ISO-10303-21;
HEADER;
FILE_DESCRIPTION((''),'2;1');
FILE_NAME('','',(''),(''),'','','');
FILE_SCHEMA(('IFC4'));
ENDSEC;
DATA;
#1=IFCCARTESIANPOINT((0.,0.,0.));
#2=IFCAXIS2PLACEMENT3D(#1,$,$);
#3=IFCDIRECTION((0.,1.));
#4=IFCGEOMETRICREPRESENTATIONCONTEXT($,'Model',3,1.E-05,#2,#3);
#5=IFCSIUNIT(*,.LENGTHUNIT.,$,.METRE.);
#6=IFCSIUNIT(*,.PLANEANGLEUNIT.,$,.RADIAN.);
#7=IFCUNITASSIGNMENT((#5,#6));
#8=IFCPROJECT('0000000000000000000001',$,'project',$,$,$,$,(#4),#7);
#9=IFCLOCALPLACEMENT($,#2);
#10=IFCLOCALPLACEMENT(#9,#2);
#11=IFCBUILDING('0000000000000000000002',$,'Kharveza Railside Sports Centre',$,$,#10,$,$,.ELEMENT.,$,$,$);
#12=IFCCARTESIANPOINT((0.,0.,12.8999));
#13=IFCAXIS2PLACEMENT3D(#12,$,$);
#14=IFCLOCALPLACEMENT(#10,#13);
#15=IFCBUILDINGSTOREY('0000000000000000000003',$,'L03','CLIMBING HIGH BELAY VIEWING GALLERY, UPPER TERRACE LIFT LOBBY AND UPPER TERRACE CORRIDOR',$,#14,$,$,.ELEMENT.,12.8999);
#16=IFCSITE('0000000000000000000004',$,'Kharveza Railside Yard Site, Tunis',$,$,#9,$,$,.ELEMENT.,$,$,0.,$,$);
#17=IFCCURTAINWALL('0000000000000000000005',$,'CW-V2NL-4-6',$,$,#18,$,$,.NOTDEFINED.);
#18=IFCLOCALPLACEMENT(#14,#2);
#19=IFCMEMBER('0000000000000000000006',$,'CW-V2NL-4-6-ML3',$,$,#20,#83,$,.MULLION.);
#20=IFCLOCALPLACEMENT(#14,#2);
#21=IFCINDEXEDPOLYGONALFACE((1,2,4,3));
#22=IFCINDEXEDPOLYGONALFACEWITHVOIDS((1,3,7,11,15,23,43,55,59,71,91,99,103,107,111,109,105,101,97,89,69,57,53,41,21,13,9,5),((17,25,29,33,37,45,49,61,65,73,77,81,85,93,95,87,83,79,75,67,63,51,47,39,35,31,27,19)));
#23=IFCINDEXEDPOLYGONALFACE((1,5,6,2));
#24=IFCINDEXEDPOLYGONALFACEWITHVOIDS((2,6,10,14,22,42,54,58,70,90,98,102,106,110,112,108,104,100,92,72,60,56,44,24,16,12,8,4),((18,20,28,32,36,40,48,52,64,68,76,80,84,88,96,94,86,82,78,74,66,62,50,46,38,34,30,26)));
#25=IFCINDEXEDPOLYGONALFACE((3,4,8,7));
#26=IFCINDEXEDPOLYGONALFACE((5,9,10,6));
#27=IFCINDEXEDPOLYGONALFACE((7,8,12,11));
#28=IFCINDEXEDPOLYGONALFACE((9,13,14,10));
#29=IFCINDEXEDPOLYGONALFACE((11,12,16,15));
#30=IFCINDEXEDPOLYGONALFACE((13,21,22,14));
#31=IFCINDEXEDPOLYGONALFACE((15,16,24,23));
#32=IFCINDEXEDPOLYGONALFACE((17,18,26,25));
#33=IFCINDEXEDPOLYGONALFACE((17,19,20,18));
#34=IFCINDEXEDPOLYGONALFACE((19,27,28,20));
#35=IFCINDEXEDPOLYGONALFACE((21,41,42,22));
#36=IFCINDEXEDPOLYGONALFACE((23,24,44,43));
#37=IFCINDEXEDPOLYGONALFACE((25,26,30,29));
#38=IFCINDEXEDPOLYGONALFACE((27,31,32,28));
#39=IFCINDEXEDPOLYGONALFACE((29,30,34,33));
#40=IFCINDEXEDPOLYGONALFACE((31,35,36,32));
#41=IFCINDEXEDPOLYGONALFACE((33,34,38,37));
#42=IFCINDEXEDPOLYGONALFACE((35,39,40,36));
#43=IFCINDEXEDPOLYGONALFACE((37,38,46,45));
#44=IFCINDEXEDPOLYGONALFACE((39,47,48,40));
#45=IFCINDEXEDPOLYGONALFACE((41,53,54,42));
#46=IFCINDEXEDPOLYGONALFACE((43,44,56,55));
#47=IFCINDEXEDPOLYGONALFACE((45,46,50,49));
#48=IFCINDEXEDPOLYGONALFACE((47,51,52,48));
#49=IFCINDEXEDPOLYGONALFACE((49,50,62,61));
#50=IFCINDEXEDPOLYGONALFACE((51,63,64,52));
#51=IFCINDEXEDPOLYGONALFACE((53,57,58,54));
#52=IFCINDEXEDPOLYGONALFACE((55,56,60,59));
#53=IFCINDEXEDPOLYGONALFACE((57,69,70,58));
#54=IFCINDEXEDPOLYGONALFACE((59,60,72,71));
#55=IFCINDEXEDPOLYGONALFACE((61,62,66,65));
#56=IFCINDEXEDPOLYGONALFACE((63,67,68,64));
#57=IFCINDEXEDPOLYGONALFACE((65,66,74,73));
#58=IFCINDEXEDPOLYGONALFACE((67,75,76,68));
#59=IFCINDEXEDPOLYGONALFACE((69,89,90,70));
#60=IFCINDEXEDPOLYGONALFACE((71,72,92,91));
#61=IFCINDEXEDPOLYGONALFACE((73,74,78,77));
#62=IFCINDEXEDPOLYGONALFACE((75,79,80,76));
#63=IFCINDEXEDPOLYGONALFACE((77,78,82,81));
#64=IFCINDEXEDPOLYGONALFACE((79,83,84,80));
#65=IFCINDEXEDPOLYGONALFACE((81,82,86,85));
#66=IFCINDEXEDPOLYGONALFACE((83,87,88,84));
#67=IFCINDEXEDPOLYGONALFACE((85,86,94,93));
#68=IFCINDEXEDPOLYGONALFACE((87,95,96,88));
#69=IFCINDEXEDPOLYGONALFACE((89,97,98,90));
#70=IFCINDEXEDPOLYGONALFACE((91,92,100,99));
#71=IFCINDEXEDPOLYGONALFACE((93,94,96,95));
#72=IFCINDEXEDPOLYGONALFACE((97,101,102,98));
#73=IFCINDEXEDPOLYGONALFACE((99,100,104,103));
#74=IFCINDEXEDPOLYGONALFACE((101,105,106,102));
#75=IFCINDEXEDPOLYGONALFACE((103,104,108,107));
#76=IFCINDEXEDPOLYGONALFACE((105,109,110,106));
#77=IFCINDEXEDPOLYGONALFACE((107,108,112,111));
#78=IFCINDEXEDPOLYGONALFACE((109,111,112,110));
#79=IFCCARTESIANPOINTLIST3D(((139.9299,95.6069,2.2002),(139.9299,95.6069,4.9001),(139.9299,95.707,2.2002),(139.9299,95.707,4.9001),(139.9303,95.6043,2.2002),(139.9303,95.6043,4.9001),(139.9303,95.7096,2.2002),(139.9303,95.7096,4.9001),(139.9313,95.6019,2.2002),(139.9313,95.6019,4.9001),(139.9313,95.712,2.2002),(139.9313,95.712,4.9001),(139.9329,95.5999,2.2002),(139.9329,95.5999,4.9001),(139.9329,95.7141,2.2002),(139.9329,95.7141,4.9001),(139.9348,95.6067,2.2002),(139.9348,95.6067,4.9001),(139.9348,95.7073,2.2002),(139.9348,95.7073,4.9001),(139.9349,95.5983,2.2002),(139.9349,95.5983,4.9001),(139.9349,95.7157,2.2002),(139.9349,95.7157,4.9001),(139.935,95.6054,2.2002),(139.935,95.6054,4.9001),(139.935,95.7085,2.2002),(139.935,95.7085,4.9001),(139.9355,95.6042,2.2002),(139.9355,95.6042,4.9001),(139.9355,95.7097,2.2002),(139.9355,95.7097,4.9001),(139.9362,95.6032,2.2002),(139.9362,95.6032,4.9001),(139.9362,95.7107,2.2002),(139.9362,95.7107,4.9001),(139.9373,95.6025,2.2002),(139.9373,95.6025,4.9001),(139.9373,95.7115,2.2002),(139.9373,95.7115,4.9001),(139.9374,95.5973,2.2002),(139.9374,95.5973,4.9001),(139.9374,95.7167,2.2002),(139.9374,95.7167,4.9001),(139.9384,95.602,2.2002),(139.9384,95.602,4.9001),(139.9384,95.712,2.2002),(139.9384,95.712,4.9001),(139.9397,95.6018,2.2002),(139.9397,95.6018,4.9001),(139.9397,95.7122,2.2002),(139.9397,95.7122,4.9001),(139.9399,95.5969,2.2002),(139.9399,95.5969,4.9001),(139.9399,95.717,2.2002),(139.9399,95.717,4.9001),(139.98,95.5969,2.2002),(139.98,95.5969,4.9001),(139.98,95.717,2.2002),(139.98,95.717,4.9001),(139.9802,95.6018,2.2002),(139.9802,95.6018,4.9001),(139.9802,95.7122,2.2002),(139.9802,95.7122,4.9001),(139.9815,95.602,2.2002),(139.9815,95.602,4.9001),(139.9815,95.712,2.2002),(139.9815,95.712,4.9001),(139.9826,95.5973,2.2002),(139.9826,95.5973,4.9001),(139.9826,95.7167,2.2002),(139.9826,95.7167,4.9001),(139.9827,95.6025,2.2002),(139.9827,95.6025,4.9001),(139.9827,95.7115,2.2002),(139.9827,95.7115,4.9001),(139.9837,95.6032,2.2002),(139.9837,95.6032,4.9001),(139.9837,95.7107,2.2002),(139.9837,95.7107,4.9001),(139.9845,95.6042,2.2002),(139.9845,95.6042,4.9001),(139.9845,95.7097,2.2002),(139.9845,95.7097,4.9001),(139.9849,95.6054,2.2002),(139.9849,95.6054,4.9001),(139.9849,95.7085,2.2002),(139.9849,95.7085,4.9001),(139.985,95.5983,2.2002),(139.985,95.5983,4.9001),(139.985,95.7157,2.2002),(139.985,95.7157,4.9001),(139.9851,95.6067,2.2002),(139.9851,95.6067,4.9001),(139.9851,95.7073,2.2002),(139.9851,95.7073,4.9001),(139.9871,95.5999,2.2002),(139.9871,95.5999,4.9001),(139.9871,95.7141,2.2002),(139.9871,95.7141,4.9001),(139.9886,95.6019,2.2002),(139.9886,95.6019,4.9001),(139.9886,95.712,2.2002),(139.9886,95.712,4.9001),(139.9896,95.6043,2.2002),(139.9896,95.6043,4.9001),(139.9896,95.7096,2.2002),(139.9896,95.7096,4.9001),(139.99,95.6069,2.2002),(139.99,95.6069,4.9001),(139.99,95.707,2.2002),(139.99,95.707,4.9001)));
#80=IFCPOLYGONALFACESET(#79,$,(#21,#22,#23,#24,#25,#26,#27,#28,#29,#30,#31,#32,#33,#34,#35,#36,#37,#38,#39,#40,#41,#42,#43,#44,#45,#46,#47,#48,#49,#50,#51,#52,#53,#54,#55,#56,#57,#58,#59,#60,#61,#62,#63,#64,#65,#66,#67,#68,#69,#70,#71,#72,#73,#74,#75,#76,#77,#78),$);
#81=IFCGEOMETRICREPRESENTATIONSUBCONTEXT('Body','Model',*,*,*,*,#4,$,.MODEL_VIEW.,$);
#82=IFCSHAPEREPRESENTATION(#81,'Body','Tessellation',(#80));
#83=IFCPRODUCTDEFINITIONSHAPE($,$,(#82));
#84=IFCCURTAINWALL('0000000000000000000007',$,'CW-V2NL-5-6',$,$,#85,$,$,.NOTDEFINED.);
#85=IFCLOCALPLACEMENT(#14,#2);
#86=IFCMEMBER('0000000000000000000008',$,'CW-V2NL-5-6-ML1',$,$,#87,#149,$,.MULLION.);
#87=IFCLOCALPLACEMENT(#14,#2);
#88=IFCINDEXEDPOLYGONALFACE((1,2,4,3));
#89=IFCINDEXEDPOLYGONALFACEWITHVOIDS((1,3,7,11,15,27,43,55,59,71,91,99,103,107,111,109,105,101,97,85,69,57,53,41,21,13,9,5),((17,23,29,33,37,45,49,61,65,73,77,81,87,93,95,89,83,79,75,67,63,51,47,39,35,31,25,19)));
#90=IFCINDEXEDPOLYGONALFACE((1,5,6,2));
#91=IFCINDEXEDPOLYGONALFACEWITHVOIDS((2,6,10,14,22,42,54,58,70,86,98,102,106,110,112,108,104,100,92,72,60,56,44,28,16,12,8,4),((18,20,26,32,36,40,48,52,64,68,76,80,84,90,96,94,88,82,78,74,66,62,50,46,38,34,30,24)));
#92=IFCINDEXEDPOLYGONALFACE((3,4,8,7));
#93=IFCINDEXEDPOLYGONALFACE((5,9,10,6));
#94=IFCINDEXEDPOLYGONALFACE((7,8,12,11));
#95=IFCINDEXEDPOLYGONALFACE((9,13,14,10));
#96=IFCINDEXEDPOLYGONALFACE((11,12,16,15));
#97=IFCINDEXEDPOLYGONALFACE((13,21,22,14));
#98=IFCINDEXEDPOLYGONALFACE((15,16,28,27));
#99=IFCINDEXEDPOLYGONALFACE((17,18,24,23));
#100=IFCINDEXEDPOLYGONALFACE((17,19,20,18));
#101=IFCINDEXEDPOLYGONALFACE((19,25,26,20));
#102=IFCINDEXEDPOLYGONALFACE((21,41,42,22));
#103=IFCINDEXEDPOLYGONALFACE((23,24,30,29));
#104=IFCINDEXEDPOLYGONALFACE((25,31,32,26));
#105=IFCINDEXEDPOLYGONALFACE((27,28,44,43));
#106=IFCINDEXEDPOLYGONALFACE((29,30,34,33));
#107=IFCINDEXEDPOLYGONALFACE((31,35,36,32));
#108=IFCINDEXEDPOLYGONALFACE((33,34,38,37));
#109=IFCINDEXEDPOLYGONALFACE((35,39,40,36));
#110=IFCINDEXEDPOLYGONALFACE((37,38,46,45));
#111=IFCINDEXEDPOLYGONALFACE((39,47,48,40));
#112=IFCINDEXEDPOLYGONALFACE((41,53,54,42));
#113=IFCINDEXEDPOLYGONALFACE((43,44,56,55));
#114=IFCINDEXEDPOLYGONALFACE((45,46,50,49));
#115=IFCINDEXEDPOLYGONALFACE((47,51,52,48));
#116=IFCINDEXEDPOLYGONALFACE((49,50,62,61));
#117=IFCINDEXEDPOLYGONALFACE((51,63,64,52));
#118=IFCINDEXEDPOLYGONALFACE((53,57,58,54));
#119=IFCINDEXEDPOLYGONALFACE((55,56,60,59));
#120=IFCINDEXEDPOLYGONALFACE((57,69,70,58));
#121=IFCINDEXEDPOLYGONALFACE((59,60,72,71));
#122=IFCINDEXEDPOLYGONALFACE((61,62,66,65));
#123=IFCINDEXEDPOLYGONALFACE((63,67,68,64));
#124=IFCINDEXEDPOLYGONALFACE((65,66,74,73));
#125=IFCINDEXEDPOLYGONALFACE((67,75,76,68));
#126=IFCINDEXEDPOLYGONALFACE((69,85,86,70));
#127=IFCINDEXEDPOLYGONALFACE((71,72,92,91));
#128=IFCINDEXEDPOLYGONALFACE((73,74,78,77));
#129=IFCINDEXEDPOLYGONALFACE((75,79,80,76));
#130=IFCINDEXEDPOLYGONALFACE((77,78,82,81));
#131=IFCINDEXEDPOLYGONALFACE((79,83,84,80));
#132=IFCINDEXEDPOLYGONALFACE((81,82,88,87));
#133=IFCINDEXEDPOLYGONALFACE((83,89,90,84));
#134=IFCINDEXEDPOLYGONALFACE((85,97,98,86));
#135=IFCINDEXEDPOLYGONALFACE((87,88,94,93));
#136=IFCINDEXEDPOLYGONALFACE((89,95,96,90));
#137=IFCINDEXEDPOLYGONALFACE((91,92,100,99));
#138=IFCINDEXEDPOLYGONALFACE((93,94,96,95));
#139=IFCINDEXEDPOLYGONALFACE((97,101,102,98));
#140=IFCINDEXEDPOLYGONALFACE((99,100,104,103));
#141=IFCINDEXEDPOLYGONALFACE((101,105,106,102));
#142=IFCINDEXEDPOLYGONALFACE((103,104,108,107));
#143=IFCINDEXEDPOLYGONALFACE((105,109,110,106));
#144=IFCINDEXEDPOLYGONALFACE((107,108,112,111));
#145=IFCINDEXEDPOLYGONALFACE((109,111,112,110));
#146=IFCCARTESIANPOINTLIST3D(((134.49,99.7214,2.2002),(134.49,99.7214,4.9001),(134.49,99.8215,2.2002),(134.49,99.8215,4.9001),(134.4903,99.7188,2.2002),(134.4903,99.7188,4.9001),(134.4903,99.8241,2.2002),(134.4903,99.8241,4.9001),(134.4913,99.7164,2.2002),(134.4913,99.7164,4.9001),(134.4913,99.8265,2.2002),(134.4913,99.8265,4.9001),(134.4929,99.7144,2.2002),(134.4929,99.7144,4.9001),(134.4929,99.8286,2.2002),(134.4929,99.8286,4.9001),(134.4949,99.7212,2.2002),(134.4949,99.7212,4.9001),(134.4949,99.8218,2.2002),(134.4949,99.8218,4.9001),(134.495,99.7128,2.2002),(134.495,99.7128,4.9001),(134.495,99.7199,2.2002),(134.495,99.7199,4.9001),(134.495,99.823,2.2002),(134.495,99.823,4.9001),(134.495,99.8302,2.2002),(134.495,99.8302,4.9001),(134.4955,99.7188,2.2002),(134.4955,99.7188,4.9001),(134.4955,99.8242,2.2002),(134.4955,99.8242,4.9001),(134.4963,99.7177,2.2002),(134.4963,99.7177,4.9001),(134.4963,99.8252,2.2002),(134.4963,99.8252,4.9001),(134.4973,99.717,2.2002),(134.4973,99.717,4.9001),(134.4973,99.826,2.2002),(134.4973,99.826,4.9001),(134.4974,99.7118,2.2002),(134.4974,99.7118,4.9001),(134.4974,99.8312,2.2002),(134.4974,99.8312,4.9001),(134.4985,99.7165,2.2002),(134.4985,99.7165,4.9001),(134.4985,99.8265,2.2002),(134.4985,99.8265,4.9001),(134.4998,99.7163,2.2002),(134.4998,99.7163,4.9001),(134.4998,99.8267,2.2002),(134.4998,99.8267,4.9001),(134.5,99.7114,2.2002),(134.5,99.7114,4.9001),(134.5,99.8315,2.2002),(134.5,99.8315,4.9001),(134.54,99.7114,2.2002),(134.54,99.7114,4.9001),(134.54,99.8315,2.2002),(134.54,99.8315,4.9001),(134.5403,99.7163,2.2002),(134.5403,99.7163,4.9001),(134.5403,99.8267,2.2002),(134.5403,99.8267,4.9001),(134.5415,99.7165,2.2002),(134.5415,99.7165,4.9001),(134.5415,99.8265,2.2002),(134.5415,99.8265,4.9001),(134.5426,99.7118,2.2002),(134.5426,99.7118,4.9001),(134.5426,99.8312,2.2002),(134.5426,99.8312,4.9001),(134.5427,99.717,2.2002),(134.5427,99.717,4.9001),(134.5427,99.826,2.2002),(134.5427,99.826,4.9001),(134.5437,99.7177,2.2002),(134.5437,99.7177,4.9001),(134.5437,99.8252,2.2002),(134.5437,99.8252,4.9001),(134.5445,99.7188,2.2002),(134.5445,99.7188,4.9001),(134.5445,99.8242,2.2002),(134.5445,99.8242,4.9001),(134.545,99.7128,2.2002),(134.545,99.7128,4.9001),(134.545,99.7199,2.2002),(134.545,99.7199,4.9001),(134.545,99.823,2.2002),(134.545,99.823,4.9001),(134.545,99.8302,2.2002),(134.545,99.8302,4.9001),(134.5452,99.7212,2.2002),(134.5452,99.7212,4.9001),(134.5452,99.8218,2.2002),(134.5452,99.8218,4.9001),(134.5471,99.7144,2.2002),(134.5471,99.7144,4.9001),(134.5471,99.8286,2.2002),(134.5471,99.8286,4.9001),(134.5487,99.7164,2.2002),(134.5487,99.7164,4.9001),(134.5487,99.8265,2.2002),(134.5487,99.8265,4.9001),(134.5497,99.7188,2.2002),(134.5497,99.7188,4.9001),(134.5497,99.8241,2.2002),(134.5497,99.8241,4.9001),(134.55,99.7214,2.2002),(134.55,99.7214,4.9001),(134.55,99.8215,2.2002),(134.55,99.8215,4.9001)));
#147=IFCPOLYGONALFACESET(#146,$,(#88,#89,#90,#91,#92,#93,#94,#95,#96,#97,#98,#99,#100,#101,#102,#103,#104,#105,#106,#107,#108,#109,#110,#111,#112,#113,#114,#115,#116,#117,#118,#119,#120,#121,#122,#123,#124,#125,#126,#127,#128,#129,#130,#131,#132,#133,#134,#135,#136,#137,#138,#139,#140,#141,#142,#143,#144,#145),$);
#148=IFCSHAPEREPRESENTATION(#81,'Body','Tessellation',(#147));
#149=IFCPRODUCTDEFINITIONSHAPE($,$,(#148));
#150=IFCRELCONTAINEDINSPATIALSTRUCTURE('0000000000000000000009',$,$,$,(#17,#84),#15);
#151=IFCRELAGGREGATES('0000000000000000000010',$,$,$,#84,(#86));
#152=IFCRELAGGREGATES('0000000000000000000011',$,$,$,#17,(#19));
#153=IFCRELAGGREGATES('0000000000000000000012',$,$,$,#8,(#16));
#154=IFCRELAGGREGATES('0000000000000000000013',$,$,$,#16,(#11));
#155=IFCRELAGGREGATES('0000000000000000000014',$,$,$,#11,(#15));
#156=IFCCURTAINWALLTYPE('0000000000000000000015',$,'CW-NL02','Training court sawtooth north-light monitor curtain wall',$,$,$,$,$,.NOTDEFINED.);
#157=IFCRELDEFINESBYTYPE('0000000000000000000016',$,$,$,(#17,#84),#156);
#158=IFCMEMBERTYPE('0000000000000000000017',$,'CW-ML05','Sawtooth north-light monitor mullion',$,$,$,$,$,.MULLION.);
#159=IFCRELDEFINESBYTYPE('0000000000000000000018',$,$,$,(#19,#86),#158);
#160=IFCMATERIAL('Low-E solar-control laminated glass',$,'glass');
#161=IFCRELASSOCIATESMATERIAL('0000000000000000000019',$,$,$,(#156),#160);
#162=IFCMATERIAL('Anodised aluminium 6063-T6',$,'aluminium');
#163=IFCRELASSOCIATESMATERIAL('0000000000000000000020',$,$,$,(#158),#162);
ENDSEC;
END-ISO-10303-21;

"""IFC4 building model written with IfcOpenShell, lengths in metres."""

from ifc_helpers import new_model, si_unit, direction, frame, origin, origin_2d, place, context, subcontext, project, spatial, hollow_rectangle, extrude, material, material_profile, profile_set, type_object, element, aggregate, save


model = new_model("IFC4")

# Units and contexts
model_context = context("Model", 3, precision=1e-05, world=origin(), true_north=direction((0.0, 1.0)))
body_context = subcontext(model_context, "Body", "Model", "MODEL_VIEW")
ifc_project = project(units=[si_unit("LENGTHUNIT", "METRE"), si_unit("PLANEANGLEUNIT", "RADIAN")], contexts=[model_context])

# Site, building, storey
site_placement = place(None, origin())
site = spatial("IfcSite", under=ifc_project, at=site_placement, Name="Kharveza Railside Yard Site, Tunis", CompositionType="ELEMENT", RefElevation=0.0)
building_placement = place(site_placement, origin())
building = spatial("IfcBuilding", under=site, at=building_placement, Name="Kharveza Railside Sports Centre", CompositionType="ELEMENT")
storey_placement = place(building_placement, frame((0.0, 0.0, 12.8999)))
storey = spatial("IfcBuildingStorey", under=building, at=storey_placement, Name="L03", Description="CLIMBING HIGH BELAY VIEWING GALLERY, UPPER TERRACE LIFT LOBBY AND UPPER TERRACE CORRIDOR", CompositionType="ELEMENT", Elevation=12.8999)

# Curtain wall, member
ifc_material_1 = material(Name="Low-E solar-control laminated glass", Category="glass")
curtain_wall_type = type_object("IfcCurtainWallType", Name="CW-NL02", Description="Training court sawtooth north-light monitor curtain wall", PredefinedType="NOTDEFINED", material=ifc_material_1)
ifc_material_2 = material(Name="Anodised aluminium 6063-T6", Category="aluminium")
ifc_material_profile_1 = material_profile(ifc_material_2, hollow_rectangle(XDim=0.0601, YDim=0.1201, WallThickness=0.0049, InnerFilletRadius=0.0049, OuterFilletRadius=0.01, at=origin_2d()), Name="RHS 60x120x5.0")
ifc_profile_set_1 = profile_set([ifc_material_profile_1], Name="Anodised aluminium 6063-T6")
member_type_1 = type_object("IfcMemberType", Name="CW-ML05", Description="Sawtooth north-light monitor mullion", PredefinedType="MULLION", material=ifc_profile_set_1)
curtain_wall_1_placement = place(storey_placement, origin())
curtain_wall_1 = element("IfcCurtainWall", 1, at=curtain_wall_1_placement, inside=storey, type_object=curtain_wall_type, Name="CW-V2NL-4-6", PredefinedType="NOTDEFINED")
member_1_placement = place(storey_placement, frame((139.96, 95.657, 2.2002), z_axis=(0.0, 0.0, 1.0), x_axis=(1.0, 0.0, 0.0)))
member_1 = element("IfcMember", 2, at=member_1_placement, type_object=member_type_1, Name="CW-V2NL-4-6-ML3", PredefinedType="MULLION", context=body_context, shape_type="SweptSolid", body=[
    extrude(hollow_rectangle(XDim=0.0601, YDim=0.1201, WallThickness=0.0049, InnerFilletRadius=0.0049, OuterFilletRadius=0.01, at=origin_2d()), origin(), (0.0, 0.0, 1.0), 2.7),
])

# Curtain wall, member
curtain_wall_2_placement = place(storey_placement, origin())
curtain_wall_2 = element("IfcCurtainWall", 3, at=curtain_wall_2_placement, inside=storey, type_object=curtain_wall_type, Name="CW-V2NL-5-6", PredefinedType="NOTDEFINED")
member_2_placement = place(storey_placement, frame((134.52, 99.7715, 2.2002), z_axis=(0.0, 0.0, 1.0), x_axis=(1.0, 0.0, 0.0)))
member_2 = element("IfcMember", 4, at=member_2_placement, type_object=member_type_1, Name="CW-V2NL-5-6-ML1", PredefinedType="MULLION", context=body_context, shape_type="SweptSolid", body=[
    extrude(hollow_rectangle(XDim=0.0601, YDim=0.1201, WallThickness=0.0049, InnerFilletRadius=0.0049, OuterFilletRadius=0.01, at=origin_2d()), origin(), (0.0, 0.0, 1.0), 2.7),
])

aggregate(curtain_wall_2, [member_2])

aggregate(curtain_wall_1, [member_1])

save(model, "model.ifc")
